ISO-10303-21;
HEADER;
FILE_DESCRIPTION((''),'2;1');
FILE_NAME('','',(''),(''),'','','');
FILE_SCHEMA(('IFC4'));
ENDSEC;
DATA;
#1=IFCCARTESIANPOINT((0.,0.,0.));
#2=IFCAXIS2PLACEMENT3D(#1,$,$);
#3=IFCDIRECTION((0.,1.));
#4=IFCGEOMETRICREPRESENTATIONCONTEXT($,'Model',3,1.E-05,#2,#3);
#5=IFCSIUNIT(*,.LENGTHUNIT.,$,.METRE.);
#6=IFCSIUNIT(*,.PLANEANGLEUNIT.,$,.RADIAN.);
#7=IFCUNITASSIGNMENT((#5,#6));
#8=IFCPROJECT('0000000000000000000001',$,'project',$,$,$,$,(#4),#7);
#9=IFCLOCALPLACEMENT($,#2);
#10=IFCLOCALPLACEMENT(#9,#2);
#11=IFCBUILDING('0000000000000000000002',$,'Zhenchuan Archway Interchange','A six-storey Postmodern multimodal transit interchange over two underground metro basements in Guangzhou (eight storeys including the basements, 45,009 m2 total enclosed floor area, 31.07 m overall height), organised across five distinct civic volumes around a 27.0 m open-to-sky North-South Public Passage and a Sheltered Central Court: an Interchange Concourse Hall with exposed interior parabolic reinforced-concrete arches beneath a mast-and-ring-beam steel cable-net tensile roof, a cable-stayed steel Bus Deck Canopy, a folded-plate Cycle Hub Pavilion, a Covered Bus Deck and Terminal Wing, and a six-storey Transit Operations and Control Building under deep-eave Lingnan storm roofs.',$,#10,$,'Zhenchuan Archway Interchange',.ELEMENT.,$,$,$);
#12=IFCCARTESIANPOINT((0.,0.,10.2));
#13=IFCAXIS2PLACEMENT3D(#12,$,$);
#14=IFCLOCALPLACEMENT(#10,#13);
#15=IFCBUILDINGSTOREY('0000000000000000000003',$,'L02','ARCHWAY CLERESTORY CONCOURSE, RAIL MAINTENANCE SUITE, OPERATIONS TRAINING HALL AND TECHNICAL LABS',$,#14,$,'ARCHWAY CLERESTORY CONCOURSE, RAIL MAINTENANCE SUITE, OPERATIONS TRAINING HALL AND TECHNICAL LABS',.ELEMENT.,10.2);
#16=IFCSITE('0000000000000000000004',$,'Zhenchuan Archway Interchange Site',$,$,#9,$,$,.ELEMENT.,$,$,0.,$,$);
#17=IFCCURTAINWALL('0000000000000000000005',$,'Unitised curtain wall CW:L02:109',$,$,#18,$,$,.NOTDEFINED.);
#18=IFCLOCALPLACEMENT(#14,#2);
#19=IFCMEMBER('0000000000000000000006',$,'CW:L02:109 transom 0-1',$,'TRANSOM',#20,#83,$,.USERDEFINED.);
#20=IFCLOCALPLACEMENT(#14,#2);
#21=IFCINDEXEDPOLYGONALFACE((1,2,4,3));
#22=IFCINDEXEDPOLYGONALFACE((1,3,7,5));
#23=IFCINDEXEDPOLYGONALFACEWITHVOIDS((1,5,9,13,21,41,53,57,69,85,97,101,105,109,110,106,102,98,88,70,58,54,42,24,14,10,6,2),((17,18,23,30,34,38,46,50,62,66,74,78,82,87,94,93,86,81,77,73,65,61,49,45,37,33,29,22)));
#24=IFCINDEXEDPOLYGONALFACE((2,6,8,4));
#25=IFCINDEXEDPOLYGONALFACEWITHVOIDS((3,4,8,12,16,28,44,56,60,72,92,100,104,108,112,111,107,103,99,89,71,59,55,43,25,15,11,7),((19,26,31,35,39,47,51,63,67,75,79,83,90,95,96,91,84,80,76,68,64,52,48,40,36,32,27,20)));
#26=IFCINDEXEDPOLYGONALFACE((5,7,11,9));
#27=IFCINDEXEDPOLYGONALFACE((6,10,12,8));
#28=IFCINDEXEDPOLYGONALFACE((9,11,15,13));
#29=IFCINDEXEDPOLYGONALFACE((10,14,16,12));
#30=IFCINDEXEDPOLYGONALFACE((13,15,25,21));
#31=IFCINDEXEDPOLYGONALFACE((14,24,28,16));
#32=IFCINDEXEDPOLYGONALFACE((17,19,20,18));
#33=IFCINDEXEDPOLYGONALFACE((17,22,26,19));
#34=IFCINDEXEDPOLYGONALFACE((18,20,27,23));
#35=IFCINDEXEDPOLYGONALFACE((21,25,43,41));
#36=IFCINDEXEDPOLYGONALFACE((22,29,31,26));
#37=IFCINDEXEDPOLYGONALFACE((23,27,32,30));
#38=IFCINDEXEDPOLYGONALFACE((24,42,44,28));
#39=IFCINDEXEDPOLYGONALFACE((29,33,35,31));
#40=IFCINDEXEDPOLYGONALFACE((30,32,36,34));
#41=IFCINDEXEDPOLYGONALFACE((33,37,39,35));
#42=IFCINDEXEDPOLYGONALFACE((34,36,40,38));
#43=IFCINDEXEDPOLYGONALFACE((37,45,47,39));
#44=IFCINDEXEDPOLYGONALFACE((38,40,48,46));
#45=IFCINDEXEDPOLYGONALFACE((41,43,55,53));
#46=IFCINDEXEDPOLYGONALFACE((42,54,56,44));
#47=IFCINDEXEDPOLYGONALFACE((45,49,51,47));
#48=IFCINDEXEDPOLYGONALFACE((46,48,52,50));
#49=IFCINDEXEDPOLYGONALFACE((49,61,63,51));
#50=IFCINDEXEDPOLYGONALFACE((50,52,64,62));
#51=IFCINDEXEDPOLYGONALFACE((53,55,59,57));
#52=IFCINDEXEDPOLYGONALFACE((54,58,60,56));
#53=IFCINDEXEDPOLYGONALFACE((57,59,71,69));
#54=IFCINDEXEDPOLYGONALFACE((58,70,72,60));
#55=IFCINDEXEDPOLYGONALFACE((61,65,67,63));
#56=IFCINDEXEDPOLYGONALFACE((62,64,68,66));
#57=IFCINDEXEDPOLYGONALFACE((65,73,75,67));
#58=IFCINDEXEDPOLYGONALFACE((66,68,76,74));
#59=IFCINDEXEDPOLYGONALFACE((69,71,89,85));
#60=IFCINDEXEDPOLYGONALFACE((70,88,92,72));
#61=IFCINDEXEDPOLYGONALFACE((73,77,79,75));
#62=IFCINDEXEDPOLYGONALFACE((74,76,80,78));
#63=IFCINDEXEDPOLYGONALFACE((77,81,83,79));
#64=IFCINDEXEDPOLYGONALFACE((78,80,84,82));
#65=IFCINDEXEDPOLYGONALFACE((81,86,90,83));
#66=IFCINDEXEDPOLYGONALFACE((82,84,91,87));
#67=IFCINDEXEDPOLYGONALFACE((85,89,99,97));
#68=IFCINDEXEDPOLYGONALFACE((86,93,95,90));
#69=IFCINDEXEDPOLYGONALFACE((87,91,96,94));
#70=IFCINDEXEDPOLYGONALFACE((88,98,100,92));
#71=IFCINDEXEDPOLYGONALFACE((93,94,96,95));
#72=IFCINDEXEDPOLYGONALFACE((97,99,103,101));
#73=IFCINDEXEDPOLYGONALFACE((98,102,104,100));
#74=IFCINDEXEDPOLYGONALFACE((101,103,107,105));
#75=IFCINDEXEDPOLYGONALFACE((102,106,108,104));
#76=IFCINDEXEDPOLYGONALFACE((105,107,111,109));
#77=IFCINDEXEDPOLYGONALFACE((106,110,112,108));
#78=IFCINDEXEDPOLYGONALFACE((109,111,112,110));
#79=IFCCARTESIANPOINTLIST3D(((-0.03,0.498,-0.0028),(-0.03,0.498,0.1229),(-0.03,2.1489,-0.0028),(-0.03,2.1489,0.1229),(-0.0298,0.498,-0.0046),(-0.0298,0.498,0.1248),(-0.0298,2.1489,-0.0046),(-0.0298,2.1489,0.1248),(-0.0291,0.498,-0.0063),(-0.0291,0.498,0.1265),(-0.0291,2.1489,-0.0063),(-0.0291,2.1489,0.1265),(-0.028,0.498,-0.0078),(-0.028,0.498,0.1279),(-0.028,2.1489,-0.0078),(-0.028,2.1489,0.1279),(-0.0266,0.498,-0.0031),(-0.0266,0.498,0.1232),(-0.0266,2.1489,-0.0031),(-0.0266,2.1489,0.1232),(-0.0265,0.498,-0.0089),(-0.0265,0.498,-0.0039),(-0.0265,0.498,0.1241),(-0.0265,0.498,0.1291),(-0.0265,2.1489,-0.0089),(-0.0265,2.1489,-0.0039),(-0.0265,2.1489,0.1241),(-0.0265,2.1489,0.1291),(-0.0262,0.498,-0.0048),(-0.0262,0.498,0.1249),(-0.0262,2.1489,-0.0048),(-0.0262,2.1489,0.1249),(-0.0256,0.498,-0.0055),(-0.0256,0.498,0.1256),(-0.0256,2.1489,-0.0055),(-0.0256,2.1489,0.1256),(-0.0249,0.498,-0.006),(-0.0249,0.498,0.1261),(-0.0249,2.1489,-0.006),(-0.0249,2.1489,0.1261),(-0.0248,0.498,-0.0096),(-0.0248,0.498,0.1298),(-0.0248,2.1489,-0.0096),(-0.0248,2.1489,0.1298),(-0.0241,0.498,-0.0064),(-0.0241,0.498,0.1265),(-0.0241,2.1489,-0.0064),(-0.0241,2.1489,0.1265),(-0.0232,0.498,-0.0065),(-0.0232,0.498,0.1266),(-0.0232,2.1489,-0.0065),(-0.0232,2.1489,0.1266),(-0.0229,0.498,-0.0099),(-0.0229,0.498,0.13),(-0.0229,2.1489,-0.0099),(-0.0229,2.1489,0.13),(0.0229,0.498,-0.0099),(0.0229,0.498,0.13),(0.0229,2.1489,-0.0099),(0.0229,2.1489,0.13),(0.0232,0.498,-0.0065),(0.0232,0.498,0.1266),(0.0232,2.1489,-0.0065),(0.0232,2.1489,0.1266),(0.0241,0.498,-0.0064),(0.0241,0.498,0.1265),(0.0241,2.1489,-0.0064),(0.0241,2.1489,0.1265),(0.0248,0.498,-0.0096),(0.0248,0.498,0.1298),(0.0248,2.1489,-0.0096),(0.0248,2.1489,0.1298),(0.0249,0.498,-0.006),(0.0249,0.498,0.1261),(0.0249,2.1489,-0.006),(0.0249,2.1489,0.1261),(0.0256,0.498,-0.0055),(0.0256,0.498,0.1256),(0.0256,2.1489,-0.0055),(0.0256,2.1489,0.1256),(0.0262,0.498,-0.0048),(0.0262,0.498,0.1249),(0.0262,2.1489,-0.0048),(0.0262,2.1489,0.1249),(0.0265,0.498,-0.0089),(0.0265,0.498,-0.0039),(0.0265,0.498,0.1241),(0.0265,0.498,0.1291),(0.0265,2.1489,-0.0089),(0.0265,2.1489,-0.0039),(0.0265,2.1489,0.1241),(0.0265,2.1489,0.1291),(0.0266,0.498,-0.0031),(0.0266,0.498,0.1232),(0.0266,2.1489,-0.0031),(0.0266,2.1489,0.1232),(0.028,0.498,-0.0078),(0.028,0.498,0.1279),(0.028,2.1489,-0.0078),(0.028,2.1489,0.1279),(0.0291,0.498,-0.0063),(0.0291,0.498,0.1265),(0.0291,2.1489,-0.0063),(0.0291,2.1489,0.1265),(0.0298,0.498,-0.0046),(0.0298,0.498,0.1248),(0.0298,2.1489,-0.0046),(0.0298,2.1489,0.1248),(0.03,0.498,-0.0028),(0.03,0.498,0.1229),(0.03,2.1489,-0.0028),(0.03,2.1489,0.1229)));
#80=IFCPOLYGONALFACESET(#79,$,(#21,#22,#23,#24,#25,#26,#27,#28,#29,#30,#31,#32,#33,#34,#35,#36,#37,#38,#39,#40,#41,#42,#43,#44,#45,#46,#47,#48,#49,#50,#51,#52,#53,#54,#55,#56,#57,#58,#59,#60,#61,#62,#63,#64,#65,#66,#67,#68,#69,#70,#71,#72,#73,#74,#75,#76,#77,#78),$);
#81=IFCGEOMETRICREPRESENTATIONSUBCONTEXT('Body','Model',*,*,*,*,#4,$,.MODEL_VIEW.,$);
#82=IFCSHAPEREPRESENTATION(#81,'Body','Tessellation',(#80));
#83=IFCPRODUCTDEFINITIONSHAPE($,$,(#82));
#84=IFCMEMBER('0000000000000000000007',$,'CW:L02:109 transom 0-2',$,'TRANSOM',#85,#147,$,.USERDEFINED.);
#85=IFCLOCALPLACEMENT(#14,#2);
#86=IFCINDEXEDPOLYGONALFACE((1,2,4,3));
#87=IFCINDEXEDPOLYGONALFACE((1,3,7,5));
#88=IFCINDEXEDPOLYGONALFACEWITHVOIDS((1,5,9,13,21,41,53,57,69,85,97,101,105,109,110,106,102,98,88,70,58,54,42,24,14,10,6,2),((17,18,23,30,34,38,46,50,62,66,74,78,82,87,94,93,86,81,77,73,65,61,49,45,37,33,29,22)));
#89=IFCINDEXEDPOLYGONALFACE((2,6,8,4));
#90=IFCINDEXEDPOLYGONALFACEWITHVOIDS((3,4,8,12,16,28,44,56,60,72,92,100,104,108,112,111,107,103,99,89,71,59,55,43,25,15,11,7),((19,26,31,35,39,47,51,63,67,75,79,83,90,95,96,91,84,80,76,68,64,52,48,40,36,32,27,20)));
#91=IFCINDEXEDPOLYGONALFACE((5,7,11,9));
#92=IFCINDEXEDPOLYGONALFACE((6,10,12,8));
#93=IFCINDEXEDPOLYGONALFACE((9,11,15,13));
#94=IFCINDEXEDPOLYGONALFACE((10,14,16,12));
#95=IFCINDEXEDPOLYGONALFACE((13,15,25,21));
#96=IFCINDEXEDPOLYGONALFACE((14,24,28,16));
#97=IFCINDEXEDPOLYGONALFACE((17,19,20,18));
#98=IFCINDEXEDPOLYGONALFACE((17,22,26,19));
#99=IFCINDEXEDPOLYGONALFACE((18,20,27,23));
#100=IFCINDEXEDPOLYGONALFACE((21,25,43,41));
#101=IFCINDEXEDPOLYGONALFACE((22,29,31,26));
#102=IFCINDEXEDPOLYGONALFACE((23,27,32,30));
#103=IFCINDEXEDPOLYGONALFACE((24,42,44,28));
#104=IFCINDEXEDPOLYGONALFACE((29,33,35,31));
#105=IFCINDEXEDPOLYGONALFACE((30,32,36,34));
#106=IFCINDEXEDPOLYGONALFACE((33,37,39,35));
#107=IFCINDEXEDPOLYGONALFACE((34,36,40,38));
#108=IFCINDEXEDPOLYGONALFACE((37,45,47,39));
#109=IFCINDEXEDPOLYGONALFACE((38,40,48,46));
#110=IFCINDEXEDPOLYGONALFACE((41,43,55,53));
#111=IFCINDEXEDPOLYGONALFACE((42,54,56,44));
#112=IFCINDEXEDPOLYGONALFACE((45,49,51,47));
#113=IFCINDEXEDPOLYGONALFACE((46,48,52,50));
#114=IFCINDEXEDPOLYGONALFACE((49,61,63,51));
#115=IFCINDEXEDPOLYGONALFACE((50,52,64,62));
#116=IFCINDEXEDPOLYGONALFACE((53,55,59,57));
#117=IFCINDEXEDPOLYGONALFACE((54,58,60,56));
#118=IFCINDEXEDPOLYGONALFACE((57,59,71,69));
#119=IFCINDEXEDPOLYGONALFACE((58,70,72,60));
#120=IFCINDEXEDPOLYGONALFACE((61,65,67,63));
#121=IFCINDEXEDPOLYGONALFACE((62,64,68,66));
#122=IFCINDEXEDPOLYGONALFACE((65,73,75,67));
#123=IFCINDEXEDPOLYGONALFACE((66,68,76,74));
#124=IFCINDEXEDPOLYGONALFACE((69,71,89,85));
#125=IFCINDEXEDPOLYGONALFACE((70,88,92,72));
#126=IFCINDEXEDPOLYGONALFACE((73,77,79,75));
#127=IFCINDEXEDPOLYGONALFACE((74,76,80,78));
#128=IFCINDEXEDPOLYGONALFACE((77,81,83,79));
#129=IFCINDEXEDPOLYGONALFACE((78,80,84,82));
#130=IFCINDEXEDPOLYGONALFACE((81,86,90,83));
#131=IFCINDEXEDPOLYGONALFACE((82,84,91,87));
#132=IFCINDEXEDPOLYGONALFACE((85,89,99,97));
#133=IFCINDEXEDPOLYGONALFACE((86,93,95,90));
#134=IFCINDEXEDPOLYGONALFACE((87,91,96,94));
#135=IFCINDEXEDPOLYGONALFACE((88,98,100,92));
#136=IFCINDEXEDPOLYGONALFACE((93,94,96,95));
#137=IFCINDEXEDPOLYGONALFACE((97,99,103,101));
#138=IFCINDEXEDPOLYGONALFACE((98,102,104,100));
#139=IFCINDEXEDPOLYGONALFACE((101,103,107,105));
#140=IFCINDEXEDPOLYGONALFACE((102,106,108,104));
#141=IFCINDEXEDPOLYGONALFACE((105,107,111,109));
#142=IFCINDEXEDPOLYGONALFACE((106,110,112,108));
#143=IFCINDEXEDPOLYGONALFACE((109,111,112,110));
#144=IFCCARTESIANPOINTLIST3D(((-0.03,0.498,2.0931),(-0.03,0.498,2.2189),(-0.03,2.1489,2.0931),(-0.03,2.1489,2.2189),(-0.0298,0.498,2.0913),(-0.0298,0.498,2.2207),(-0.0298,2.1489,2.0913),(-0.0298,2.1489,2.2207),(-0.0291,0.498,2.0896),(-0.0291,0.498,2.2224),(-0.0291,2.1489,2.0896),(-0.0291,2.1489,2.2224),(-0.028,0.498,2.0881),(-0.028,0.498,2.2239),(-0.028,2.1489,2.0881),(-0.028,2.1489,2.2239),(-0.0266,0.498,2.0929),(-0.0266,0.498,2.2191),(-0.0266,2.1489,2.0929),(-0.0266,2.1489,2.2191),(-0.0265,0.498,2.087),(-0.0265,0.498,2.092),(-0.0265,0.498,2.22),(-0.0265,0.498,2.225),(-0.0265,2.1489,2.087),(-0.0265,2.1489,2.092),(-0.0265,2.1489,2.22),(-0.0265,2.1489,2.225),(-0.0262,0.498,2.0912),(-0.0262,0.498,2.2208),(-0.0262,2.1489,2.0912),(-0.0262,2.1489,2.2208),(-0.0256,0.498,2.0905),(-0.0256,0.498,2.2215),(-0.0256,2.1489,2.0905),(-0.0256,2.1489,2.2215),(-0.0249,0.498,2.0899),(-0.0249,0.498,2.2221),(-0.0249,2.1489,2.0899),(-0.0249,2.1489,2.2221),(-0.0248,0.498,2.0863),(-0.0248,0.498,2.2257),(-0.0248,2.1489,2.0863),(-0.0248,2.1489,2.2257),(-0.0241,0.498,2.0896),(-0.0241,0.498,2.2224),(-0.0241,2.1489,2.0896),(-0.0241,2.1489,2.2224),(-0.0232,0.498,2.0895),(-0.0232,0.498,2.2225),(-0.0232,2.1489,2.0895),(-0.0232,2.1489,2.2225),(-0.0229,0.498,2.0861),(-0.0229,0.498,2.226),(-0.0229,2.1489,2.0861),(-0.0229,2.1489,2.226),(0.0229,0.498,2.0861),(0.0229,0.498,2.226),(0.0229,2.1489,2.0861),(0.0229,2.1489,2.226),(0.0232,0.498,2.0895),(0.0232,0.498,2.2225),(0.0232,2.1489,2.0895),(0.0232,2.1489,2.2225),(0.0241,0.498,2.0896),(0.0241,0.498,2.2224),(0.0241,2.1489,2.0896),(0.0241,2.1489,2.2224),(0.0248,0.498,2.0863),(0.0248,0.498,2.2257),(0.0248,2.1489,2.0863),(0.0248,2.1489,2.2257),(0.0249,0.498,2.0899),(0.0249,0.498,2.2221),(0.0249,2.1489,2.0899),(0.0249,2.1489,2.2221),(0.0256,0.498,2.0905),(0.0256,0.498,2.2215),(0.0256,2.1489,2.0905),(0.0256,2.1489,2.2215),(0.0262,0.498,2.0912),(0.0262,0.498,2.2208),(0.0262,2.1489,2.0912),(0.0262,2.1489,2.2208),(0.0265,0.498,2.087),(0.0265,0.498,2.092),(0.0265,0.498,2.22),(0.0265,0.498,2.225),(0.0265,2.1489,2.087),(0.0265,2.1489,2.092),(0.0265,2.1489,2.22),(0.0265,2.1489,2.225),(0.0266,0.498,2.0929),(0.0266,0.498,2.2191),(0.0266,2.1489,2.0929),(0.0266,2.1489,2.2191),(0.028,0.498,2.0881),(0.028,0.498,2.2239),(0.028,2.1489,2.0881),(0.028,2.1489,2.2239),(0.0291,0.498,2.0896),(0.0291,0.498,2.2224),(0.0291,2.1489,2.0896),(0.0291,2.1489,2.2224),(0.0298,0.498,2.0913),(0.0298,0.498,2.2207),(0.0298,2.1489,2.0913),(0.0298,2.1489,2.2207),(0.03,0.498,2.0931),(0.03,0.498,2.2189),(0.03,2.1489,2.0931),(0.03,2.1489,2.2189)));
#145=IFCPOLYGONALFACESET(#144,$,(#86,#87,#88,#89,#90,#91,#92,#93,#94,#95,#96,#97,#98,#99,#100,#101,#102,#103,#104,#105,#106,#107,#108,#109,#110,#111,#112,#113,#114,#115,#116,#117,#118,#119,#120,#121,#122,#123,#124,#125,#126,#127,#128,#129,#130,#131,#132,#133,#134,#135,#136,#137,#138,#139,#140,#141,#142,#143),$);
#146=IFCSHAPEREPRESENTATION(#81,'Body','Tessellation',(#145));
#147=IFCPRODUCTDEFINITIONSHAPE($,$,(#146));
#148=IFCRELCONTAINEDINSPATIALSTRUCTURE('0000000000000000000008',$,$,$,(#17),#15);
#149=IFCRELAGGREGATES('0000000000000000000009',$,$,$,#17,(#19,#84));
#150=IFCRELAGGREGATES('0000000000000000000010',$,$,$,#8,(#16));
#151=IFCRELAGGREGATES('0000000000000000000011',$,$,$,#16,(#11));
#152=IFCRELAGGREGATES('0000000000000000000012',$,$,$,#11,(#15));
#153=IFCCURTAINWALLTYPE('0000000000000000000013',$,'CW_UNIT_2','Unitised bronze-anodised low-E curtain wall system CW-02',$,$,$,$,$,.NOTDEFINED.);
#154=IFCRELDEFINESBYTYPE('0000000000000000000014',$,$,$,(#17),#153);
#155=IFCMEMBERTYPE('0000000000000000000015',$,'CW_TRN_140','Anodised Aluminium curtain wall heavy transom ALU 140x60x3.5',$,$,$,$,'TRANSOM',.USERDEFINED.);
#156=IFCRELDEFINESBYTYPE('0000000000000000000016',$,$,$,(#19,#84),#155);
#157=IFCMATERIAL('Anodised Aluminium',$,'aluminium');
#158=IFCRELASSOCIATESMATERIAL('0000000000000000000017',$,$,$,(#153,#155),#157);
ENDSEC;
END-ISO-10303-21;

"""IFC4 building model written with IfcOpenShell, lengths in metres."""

from ifc_helpers import new_model, si_unit, direction, frame, origin, origin_2d, place, context, subcontext, project, spatial, hollow_rectangle, extrude, material, material_profile, profile_set, type_object, element, aggregate, save


model = new_model("IFC4")

# Units and contexts
model_context = context("Model", 3, precision=1e-05, world=origin(), true_north=direction((0.0, 1.0)))
body_context = subcontext(model_context, "Body", "Model", "MODEL_VIEW")
ifc_project = project(units=[si_unit("LENGTHUNIT", "METRE"), si_unit("PLANEANGLEUNIT", "RADIAN")], contexts=[model_context])

# Site, building, storey
site_placement = place(None, origin())
site = spatial("IfcSite", under=ifc_project, at=site_placement, Name="Zhenchuan Archway Interchange Site", CompositionType="ELEMENT", RefElevation=0.0)
building_placement = place(site_placement, origin())
building = spatial("IfcBuilding", under=site, at=building_placement, Name="Zhenchuan Archway Interchange", Description="A six-storey Postmodern multimodal transit interchange over two underground metro basements in Guangzhou (eight storeys including the basements, 45,009 m2 total enclosed floor area, 31.07 m overall height), organised across five distinct civic volumes around a 27.0 m open-to-sky North-South Public Passage and a Sheltered Central Court: an Interchange Concourse Hall with exposed interior parabolic reinforced-concrete arches beneath a mast-and-ring-beam steel cable-net tensile roof, a cable-stayed steel Bus Deck Canopy, a folded-plate Cycle Hub Pavilion, a Covered Bus Deck and Terminal Wing, and a six-storey Transit Operations and Control Building under deep-eave Lingnan storm roofs.", LongName="Zhenchuan Archway Interchange", CompositionType="ELEMENT")
storey_placement = place(building_placement, frame((0.0, 0.0, 10.2)))
storey = spatial("IfcBuildingStorey", under=building, at=storey_placement, Name="L02", Description="ARCHWAY CLERESTORY CONCOURSE, RAIL MAINTENANCE SUITE, OPERATIONS TRAINING HALL AND TECHNICAL LABS", LongName="ARCHWAY CLERESTORY CONCOURSE, RAIL MAINTENANCE SUITE, OPERATIONS TRAINING HALL AND TECHNICAL LABS", CompositionType="ELEMENT", Elevation=10.2)

# Curtain wall, members
ifc_material_1 = material(Name="Anodised Aluminium", Category="aluminium")
curtain_wall_type = type_object("IfcCurtainWallType", Name="CW_UNIT_2", Description="Unitised bronze-anodised low-E curtain wall system CW-02", PredefinedType="NOTDEFINED", material=ifc_material_1)
curtain_wall_placement = place(storey_placement, origin())
curtain_wall = element("IfcCurtainWall", 1, at=curtain_wall_placement, inside=storey, type_object=curtain_wall_type, Name="Unitised curtain wall CW:L02:109", PredefinedType="NOTDEFINED")
ifc_material_profile_1 = material_profile(ifc_material_1, hollow_rectangle(XDim=0.0601, YDim=0.1399, WallThickness=0.0034, InnerFilletRadius=0.0034, OuterFilletRadius=0.0071, at=origin_2d()), Name="ALU 140x60x3.5")
ifc_profile_set_1 = profile_set([ifc_material_profile_1], Name="Anodised Aluminium")
member_type_1 = type_object("IfcMemberType", Name="CW_TRN_140", Description="Anodised Aluminium curtain wall heavy transom ALU 140x60x3.5", ElementType="TRANSOM", PredefinedType="USERDEFINED", material=ifc_profile_set_1)
member_1_placement = place(storey_placement, frame((0.0, 0.498, 0.0601), z_axis=(0.0, 1.0, 0.0), x_axis=(-1.0, 0.0, 0.0)))
member_1 = element("IfcMember", 2, at=member_1_placement, type_object=member_type_1, Name="CW:L02:109 transom 0-1", ObjectType="TRANSOM", PredefinedType="USERDEFINED", context=body_context, shape_type="SweptSolid", body=[
    extrude(hollow_rectangle(XDim=0.0601, YDim=0.1399, WallThickness=0.0034, InnerFilletRadius=0.0034, OuterFilletRadius=0.0071, at=origin_2d()), origin(), (0.0, 0.0, 1.0), 1.6509),
])
member_2_placement = place(storey_placement, frame((0.0, 0.498, 2.156), z_axis=(0.0, 1.0, 0.0), x_axis=(-1.0, 0.0, 0.0)))
member_2 = element("IfcMember", 3, at=member_2_placement, type_object=member_type_1, Name="CW:L02:109 transom 0-2", ObjectType="TRANSOM", PredefinedType="USERDEFINED", context=body_context, shape_type="SweptSolid", body=[
    extrude(hollow_rectangle(XDim=0.0601, YDim=0.1399, WallThickness=0.0034, InnerFilletRadius=0.0034, OuterFilletRadius=0.0071, at=origin_2d()), origin(), (0.0, 0.0, 1.0), 1.6509),
])

aggregate(curtain_wall, [member_1, member_2])

save(model, "model.ifc")
